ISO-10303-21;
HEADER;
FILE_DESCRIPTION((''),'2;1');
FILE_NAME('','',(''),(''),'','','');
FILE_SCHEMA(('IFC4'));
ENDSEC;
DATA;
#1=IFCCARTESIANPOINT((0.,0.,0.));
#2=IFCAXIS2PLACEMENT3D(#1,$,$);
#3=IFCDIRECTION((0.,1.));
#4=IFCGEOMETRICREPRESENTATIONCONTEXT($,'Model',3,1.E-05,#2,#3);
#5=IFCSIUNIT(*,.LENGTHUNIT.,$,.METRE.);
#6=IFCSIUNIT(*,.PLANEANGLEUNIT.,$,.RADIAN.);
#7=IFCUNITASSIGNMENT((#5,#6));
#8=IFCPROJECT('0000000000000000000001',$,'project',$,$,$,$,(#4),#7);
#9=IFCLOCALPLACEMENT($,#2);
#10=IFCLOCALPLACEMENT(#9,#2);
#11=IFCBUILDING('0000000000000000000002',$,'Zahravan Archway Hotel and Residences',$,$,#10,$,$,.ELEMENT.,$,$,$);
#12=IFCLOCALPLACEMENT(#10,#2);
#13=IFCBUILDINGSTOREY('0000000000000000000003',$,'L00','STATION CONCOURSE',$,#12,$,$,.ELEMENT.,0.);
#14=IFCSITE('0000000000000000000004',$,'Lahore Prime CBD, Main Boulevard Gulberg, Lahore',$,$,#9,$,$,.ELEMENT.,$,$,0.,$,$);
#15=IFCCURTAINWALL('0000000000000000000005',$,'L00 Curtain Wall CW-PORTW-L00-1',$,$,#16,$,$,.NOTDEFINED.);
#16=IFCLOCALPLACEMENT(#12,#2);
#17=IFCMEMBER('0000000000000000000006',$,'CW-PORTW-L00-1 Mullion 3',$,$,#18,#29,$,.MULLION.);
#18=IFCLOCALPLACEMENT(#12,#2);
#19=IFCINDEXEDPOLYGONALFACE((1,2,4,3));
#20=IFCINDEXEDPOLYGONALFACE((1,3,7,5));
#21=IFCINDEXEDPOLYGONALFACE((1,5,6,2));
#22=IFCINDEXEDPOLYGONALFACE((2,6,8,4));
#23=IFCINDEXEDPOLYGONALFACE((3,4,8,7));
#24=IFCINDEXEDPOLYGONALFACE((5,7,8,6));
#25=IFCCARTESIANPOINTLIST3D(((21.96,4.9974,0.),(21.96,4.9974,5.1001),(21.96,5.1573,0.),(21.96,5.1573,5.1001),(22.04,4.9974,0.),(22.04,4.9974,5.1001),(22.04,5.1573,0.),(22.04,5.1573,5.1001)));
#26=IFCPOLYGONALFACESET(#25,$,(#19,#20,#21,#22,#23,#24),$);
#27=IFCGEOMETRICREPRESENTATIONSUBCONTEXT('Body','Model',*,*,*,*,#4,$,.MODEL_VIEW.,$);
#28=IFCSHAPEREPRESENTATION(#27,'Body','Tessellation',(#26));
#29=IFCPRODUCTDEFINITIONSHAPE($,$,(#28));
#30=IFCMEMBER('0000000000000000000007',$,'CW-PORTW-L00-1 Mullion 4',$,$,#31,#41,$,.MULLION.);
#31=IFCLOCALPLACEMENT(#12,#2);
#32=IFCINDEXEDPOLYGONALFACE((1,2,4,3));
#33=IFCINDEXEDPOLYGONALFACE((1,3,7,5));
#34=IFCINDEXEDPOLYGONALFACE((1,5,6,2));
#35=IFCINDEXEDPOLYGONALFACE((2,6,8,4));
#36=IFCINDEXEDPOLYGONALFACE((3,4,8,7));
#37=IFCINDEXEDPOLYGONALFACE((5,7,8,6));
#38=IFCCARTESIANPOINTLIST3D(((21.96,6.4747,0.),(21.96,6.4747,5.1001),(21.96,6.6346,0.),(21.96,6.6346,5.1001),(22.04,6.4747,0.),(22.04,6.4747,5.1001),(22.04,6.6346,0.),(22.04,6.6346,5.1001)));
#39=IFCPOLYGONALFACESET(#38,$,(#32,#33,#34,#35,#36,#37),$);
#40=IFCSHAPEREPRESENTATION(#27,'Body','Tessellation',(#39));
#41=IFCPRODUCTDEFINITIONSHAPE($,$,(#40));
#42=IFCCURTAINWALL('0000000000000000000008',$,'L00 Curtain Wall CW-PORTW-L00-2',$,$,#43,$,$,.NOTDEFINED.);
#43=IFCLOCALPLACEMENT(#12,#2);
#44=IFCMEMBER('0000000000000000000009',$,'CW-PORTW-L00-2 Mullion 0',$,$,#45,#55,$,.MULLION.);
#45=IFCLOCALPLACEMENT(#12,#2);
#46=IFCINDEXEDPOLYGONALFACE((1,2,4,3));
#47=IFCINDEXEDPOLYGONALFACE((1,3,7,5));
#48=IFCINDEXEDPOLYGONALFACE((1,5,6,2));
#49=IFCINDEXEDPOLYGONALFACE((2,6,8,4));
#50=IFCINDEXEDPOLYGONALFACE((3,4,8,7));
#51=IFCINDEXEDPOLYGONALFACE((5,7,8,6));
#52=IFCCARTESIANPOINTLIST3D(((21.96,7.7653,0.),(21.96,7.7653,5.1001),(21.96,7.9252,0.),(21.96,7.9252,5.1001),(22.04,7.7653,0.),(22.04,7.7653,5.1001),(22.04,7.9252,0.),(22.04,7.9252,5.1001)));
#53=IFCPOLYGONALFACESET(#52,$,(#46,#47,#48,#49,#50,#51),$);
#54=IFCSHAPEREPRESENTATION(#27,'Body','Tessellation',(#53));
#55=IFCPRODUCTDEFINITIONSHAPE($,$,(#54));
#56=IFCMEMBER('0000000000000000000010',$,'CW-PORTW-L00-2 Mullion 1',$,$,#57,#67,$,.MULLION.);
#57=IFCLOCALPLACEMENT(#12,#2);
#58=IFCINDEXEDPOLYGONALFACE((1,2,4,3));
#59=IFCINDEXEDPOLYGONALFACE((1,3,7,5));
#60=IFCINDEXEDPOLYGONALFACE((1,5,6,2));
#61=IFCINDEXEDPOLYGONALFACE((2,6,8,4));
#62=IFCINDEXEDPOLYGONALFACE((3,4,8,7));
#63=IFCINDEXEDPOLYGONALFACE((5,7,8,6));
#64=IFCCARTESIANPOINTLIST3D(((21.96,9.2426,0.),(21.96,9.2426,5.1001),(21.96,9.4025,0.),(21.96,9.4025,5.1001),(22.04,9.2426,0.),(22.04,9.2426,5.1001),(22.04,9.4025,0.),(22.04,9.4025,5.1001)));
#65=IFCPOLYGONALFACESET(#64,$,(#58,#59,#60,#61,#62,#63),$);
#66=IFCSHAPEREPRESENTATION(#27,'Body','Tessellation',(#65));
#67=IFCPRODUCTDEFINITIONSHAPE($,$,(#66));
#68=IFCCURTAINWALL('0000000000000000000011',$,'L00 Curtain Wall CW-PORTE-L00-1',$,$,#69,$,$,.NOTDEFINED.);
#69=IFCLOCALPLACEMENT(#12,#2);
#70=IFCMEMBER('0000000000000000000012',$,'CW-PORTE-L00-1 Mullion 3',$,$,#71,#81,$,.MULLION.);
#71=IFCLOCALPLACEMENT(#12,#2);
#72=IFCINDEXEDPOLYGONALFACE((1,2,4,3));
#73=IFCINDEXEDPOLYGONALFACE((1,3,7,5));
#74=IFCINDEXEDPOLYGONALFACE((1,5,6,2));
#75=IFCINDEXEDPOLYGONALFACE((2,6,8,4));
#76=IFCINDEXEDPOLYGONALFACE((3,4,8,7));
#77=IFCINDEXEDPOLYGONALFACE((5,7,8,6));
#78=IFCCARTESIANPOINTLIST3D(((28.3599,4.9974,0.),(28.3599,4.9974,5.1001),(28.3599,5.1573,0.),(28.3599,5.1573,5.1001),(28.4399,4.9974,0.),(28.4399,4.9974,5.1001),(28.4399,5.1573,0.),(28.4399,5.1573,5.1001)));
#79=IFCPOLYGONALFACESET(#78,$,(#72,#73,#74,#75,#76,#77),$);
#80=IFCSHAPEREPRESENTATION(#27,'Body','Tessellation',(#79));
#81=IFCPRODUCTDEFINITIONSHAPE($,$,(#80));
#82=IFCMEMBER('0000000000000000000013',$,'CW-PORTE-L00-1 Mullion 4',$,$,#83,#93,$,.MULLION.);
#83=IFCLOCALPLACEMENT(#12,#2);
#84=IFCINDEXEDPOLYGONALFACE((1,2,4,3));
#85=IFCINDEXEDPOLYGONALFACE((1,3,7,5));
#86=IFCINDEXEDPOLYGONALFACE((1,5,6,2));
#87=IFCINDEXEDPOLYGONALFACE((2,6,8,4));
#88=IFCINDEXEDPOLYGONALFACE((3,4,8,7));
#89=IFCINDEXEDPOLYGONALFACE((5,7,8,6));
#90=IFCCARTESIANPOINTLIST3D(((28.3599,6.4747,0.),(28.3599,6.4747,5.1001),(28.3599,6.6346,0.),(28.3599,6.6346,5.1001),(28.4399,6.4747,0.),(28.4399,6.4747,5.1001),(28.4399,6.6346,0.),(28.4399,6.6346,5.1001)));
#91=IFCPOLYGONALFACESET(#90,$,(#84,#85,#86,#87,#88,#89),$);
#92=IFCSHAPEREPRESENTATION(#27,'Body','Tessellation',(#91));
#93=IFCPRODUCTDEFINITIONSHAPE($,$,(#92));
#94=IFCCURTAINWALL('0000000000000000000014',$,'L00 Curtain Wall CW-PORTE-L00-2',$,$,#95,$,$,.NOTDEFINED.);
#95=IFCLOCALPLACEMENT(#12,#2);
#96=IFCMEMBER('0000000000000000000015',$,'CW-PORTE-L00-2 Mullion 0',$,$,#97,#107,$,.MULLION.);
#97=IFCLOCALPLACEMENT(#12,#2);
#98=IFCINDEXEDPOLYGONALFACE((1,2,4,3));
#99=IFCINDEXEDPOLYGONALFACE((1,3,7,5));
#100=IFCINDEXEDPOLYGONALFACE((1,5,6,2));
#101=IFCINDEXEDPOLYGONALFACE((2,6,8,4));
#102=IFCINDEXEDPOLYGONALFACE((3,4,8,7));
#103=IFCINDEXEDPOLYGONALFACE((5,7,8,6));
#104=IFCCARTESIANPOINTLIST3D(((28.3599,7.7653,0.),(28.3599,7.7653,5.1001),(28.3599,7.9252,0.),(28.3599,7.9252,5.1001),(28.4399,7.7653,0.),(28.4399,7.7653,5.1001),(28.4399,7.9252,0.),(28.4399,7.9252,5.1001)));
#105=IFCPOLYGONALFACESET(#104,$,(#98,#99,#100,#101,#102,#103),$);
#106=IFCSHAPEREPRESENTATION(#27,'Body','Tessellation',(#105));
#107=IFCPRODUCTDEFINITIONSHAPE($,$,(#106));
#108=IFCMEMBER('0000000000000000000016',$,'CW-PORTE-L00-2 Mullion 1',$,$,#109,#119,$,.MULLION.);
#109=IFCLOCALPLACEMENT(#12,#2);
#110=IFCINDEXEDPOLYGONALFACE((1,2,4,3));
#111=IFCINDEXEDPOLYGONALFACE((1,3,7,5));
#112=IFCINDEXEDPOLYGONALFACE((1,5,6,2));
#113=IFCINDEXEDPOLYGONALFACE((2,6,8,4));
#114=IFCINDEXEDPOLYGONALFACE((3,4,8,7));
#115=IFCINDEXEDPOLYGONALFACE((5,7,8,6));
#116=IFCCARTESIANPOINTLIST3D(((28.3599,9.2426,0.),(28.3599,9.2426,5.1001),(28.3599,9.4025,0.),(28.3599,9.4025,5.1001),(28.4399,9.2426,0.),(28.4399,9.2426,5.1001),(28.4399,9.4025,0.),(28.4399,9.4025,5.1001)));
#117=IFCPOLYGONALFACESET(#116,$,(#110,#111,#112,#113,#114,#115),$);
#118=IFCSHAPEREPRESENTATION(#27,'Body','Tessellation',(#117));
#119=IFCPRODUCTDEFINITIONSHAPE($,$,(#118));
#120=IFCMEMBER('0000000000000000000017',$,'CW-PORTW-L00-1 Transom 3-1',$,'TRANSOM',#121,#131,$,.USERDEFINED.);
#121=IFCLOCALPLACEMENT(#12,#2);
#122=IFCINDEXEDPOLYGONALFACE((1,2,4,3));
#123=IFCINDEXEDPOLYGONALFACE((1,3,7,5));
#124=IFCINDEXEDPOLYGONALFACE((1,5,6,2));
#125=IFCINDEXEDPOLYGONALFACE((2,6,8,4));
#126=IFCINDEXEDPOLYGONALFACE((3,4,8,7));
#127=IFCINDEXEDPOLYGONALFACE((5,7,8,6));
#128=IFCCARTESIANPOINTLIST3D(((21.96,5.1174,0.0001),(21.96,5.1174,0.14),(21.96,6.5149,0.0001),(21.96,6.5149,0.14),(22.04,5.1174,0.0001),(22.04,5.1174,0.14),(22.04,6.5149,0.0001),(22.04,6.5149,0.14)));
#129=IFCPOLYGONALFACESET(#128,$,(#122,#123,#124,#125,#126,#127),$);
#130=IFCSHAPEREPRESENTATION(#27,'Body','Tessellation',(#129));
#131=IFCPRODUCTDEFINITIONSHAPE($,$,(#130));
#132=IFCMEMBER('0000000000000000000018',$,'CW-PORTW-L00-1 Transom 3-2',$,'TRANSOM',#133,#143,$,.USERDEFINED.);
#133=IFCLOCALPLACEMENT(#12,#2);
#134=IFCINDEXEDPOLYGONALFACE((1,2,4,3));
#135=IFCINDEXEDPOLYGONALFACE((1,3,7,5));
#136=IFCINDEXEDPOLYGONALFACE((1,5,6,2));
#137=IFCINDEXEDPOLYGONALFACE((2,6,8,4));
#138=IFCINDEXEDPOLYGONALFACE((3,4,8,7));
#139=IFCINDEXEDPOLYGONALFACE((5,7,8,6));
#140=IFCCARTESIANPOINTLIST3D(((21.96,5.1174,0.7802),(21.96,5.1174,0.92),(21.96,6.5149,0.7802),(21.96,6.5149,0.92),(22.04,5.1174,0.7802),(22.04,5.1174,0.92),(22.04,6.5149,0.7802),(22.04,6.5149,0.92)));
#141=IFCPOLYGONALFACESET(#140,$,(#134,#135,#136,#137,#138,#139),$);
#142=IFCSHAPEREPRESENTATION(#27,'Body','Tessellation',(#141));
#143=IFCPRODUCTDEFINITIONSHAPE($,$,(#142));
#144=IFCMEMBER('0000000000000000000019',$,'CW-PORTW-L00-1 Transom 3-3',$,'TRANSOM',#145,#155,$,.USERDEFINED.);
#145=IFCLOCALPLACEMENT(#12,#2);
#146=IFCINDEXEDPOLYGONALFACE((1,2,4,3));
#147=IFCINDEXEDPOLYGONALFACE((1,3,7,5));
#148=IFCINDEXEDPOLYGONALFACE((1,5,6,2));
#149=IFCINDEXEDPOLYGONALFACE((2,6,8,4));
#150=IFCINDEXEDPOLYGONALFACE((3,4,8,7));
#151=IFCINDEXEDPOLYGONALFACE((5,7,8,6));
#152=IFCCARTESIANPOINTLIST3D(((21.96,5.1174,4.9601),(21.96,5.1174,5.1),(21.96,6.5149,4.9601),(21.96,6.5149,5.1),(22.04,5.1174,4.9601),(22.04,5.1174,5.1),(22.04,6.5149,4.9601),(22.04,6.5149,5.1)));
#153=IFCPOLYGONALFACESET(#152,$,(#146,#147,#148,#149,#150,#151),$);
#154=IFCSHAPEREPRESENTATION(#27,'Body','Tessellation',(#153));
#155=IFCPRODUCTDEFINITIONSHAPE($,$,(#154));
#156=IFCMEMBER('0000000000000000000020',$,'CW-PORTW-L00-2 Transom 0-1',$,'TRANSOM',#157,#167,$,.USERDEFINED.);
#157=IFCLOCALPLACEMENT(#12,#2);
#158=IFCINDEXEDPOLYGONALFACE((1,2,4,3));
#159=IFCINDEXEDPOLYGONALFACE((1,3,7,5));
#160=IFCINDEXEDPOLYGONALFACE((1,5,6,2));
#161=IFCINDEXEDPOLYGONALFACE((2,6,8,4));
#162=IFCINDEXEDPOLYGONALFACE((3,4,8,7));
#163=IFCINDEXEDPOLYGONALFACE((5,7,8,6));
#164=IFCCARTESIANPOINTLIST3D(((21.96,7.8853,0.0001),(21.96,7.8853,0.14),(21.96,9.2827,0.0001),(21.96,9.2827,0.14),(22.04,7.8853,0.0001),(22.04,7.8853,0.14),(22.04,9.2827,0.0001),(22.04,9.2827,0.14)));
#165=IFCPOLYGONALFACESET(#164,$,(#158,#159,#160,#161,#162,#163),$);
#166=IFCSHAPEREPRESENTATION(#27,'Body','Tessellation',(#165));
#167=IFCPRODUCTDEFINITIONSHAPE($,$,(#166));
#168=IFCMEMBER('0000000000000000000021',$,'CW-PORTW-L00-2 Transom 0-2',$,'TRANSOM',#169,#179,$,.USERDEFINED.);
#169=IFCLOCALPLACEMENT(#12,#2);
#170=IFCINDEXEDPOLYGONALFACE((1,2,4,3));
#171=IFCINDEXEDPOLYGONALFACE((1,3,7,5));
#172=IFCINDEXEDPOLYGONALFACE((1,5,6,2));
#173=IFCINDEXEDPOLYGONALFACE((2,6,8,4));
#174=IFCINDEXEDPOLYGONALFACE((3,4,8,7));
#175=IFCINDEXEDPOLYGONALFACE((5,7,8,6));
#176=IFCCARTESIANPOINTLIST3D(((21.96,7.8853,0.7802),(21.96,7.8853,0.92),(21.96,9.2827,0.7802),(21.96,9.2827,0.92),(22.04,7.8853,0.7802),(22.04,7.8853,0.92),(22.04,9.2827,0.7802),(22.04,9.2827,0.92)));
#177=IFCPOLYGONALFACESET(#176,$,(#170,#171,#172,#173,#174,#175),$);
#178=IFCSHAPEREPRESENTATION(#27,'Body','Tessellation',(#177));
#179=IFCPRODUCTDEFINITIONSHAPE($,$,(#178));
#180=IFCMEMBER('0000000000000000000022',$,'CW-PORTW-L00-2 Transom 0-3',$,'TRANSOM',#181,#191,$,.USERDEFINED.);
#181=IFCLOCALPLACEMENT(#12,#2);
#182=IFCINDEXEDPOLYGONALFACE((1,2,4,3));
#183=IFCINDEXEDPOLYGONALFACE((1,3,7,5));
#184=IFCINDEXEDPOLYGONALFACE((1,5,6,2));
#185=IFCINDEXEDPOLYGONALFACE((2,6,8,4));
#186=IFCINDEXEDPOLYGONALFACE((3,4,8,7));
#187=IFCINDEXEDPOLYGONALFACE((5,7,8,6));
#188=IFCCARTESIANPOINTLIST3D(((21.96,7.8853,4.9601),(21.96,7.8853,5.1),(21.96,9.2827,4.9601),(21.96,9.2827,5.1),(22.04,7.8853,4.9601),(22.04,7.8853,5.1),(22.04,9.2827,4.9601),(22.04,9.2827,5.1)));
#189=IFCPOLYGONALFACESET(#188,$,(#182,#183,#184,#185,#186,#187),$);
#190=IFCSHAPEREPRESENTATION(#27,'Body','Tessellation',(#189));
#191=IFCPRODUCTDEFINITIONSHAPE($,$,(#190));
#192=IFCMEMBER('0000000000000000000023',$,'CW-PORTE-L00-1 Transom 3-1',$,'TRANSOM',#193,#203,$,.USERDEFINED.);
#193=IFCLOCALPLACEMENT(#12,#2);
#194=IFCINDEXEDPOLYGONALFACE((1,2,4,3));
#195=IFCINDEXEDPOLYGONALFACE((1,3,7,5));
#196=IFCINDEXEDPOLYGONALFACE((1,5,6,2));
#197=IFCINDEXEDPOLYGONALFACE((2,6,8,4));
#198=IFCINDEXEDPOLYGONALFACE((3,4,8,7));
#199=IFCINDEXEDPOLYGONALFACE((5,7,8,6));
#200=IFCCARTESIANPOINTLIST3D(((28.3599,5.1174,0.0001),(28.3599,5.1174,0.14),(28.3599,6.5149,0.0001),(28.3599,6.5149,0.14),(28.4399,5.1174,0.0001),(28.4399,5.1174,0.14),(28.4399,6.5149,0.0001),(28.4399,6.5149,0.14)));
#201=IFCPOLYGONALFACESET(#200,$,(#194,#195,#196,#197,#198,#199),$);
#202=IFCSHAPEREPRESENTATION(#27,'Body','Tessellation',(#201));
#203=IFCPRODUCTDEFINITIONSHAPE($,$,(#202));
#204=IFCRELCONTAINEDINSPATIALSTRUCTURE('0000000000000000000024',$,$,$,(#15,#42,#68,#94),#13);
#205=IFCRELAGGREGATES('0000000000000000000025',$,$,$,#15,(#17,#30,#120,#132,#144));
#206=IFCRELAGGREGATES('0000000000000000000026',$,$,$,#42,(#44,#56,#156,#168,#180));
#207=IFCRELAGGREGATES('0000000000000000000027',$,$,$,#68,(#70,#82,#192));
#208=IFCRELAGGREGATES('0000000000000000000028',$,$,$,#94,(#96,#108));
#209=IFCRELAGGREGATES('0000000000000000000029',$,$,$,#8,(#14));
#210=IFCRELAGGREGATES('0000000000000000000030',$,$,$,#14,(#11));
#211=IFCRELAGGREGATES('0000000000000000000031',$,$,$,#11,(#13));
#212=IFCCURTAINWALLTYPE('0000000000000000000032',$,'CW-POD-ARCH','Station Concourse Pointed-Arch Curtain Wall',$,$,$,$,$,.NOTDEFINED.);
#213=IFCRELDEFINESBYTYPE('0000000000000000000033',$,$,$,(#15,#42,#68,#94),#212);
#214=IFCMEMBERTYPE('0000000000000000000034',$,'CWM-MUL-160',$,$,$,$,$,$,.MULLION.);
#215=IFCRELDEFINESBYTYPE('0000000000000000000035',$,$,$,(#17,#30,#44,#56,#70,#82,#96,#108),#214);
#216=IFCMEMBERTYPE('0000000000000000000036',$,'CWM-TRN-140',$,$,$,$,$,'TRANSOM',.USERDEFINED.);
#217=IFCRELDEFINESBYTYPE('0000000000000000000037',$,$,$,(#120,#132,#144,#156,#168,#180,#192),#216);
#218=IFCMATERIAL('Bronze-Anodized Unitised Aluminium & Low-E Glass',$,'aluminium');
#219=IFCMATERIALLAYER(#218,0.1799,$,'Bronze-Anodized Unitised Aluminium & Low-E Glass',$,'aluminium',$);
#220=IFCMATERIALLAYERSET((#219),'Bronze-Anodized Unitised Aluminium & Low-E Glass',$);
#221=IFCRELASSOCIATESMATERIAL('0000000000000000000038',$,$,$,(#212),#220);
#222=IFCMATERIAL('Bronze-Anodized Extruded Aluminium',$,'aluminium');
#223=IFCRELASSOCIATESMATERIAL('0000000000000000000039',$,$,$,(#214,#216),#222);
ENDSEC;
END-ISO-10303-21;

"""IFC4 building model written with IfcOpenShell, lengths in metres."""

from ifc_helpers import new_model, si_unit, direction, frame, origin, origin_2d, place, context, subcontext, project, spatial, rectangle, extrude, source, transform, mapped, material, layer, layer_set, material_profile, profile_set, type_object, element, aggregate, save


model = new_model("IFC4")

# Units and contexts
model_context = context("Model", 3, precision=1e-05, world=origin(), true_north=direction((0.0, 1.0)))
body_context = subcontext(model_context, "Body", "Model", "MODEL_VIEW")
ifc_project = project(units=[si_unit("LENGTHUNIT", "METRE"), si_unit("PLANEANGLEUNIT", "RADIAN")], contexts=[model_context])

# Site, building, storey
site_placement = place(None, origin())
site = spatial("IfcSite", under=ifc_project, at=site_placement, Name="Lahore Prime CBD, Main Boulevard Gulberg, Lahore", CompositionType="ELEMENT", RefElevation=0.0)
building_placement = place(site_placement, origin())
building = spatial("IfcBuilding", under=site, at=building_placement, Name="Zahravan Archway Hotel and Residences", CompositionType="ELEMENT")
storey_placement = place(building_placement, origin())
storey = spatial("IfcBuildingStorey", under=building, at=storey_placement, Name="L00", Description="STATION CONCOURSE", CompositionType="ELEMENT", Elevation=0.0)

# Curtain walls, members
ifc_material_1 = material(Name="Bronze-Anodized Unitised Aluminium & Low-E Glass", Category="aluminium")
ifc_layer_1 = layer(ifc_material_1, 0.1799, Name="Bronze-Anodized Unitised Aluminium & Low-E Glass", Category="aluminium")
ifc_layer_set_1 = layer_set([ifc_layer_1], Name="Bronze-Anodized Unitised Aluminium & Low-E Glass")
curtain_wall_type = type_object("IfcCurtainWallType", Name="CW-POD-ARCH", Description="Station Concourse Pointed-Arch Curtain Wall", PredefinedType="NOTDEFINED", material=ifc_layer_set_1)
curtain_wall_1_placement = place(storey_placement, origin())
curtain_wall_1 = element("IfcCurtainWall", 1, at=curtain_wall_1_placement, inside=storey, type_object=curtain_wall_type, Name="L00 Curtain Wall CW-PORTW-L00-1", PredefinedType="NOTDEFINED")
ifc_material_2 = material(Name="Bronze-Anodized Extruded Aluminium", Category="aluminium")
ifc_material_profile_1 = material_profile(ifc_material_2, rectangle(XDim=0.0801, YDim=0.1599, at=origin_2d()), Name="MUL 80x160", Category="aluminium")
ifc_profile_set_1 = profile_set([ifc_material_profile_1], Name="Bronze-Anodized Extruded Aluminium")
member_type_1 = type_object("IfcMemberType", Name="CWM-MUL-160", PredefinedType="MULLION", material=ifc_profile_set_1)
shared_shape_1 = source(origin(), body_context, "Body", "SweptSolid", [
    extrude(rectangle(XDim=0.0801, YDim=0.1599, at=origin_2d()), origin(), (0.0, 0.0, 1.0), 5.1001),
])
member_1_placement = place(storey_placement, frame((22.0, 5.0774, 0.0), z_axis=(0.0, 0.0, 1.0), x_axis=(1.0, 0.0, 0.0)))
member_1 = element("IfcMember", 2, at=member_1_placement, type_object=member_type_1, Name="CW-PORTW-L00-1 Mullion 3", PredefinedType="MULLION", context=body_context, shape_type="MappedRepresentation", body=[
    mapped(shared_shape_1, transform((0.0, 0.0, 0.0), scale=1.0)),
])
member_2_placement = place(storey_placement, frame((22.0, 6.5547, 0.0), z_axis=(0.0, 0.0, 1.0), x_axis=(1.0, 0.0, 0.0)))
member_2 = element("IfcMember", 3, at=member_2_placement, type_object=member_type_1, Name="CW-PORTW-L00-1 Mullion 4", PredefinedType="MULLION", context=body_context, shape_type="MappedRepresentation", body=[
    mapped(shared_shape_1, transform((0.0, 0.0, 0.0), scale=1.0)),
])
curtain_wall_2_placement = place(storey_placement, origin())
curtain_wall_2 = element("IfcCurtainWall", 4, at=curtain_wall_2_placement, inside=storey, type_object=curtain_wall_type, Name="L00 Curtain Wall CW-PORTW-L00-2", PredefinedType="NOTDEFINED")
member_3_placement = place(storey_placement, frame((22.0, 7.8452, 0.0), z_axis=(0.0, 0.0, 1.0), x_axis=(1.0, 0.0, 0.0)))
member_3 = element("IfcMember", 5, at=member_3_placement, type_object=member_type_1, Name="CW-PORTW-L00-2 Mullion 0", PredefinedType="MULLION", context=body_context, shape_type="MappedRepresentation", body=[
    mapped(shared_shape_1, transform((0.0, 0.0, 0.0), scale=1.0)),
])
member_4_placement = place(storey_placement, frame((22.0, 9.3225, 0.0), z_axis=(0.0, 0.0, 1.0), x_axis=(1.0, 0.0, 0.0)))
member_4 = element("IfcMember", 6, at=member_4_placement, type_object=member_type_1, Name="CW-PORTW-L00-2 Mullion 1", PredefinedType="MULLION", context=body_context, shape_type="MappedRepresentation", body=[
    mapped(shared_shape_1, transform((0.0, 0.0, 0.0), scale=1.0)),
])
curtain_wall_3_placement = place(storey_placement, origin())
curtain_wall_3 = element("IfcCurtainWall", 7, at=curtain_wall_3_placement, inside=storey, type_object=curtain_wall_type, Name="L00 Curtain Wall CW-PORTE-L00-1", PredefinedType="NOTDEFINED")
member_5_placement = place(storey_placement, frame((28.3999, 5.0774, 0.0), z_axis=(0.0, 0.0, 1.0), x_axis=(1.0, 0.0, 0.0)))
member_5 = element("IfcMember", 8, at=member_5_placement, type_object=member_type_1, Name="CW-PORTE-L00-1 Mullion 3", PredefinedType="MULLION", context=body_context, shape_type="MappedRepresentation", body=[
    mapped(shared_shape_1, transform((0.0, 0.0, 0.0), scale=1.0)),
])
member_6_placement = place(storey_placement, frame((28.3999, 6.5547, 0.0), z_axis=(0.0, 0.0, 1.0), x_axis=(1.0, 0.0, 0.0)))
member_6 = element("IfcMember", 9, at=member_6_placement, type_object=member_type_1, Name="CW-PORTE-L00-1 Mullion 4", PredefinedType="MULLION", context=body_context, shape_type="MappedRepresentation", body=[
    mapped(shared_shape_1, transform((0.0, 0.0, 0.0), scale=1.0)),
])
curtain_wall_4_placement = place(storey_placement, origin())
curtain_wall_4 = element("IfcCurtainWall", 10, at=curtain_wall_4_placement, inside=storey, type_object=curtain_wall_type, Name="L00 Curtain Wall CW-PORTE-L00-2", PredefinedType="NOTDEFINED")
member_7_placement = place(storey_placement, frame((28.3999, 7.8452, 0.0), z_axis=(0.0, 0.0, 1.0), x_axis=(1.0, 0.0, 0.0)))
member_7 = element("IfcMember", 11, at=member_7_placement, type_object=member_type_1, Name="CW-PORTE-L00-2 Mullion 0", PredefinedType="MULLION", context=body_context, shape_type="MappedRepresentation", body=[
    mapped(shared_shape_1, transform((0.0, 0.0, 0.0), scale=1.0)),
])
member_8_placement = place(storey_placement, frame((28.3999, 9.3225, 0.0), z_axis=(0.0, 0.0, 1.0), x_axis=(1.0, 0.0, 0.0)))
member_8 = element("IfcMember", 12, at=member_8_placement, type_object=member_type_1, Name="CW-PORTE-L00-2 Mullion 1", PredefinedType="MULLION", context=body_context, shape_type="MappedRepresentation", body=[
    mapped(shared_shape_1, transform((0.0, 0.0, 0.0), scale=1.0)),
])

# Members
ifc_material_profile_2 = material_profile(ifc_material_2, rectangle(XDim=0.0801, YDim=0.1399, at=origin_2d()), Name="TRN 80x140", Category="aluminium")
ifc_profile_set_2 = profile_set([ifc_material_profile_2], Name="Bronze-Anodized Extruded Aluminium")
member_type_2 = type_object("IfcMemberType", Name="CWM-TRN-140", ElementType="TRANSOM", PredefinedType="USERDEFINED", material=ifc_profile_set_2)
shared_shape_2 = source(origin(), body_context, "Body", "SweptSolid", [
    extrude(rectangle(XDim=0.0801, YDim=0.1399, at=origin_2d()), origin(), (0.0, 0.0, 1.0), 1.3975),
])
member_9_placement = place(storey_placement, frame((22.0, 5.1174, 0.0701), z_axis=(0.0, 1.0, 0.0), x_axis=(-1.0, 0.0, 0.0)))
member_9 = element("IfcMember", 13, at=member_9_placement, type_object=member_type_2, Name="CW-PORTW-L00-1 Transom 3-1", ObjectType="TRANSOM", PredefinedType="USERDEFINED", context=body_context, shape_type="MappedRepresentation", body=[
    mapped(shared_shape_2, transform((0.0, 0.0, 0.0), scale=1.0)),
])
member_10_placement = place(storey_placement, frame((22.0, 5.1174, 0.8501), z_axis=(0.0, 1.0, 0.0), x_axis=(-1.0, 0.0, 0.0)))
member_10 = element("IfcMember", 14, at=member_10_placement, type_object=member_type_2, Name="CW-PORTW-L00-1 Transom 3-2", ObjectType="TRANSOM", PredefinedType="USERDEFINED", context=body_context, shape_type="MappedRepresentation", body=[
    mapped(shared_shape_2, transform((0.0, 0.0, 0.0), scale=1.0)),
])
member_11_placement = place(storey_placement, frame((22.0, 5.1174, 5.03), z_axis=(0.0, 1.0, 0.0), x_axis=(-1.0, 0.0, 0.0)))
member_11 = element("IfcMember", 15, at=member_11_placement, type_object=member_type_2, Name="CW-PORTW-L00-1 Transom 3-3", ObjectType="TRANSOM", PredefinedType="USERDEFINED", context=body_context, shape_type="MappedRepresentation", body=[
    mapped(shared_shape_2, transform((0.0, 0.0, 0.0), scale=1.0)),
])
member_12_placement = place(storey_placement, frame((22.0, 7.8853, 0.0701), z_axis=(0.0, 1.0, 0.0), x_axis=(-1.0, 0.0, 0.0)))
member_12 = element("IfcMember", 16, at=member_12_placement, type_object=member_type_2, Name="CW-PORTW-L00-2 Transom 0-1", ObjectType="TRANSOM", PredefinedType="USERDEFINED", context=body_context, shape_type="MappedRepresentation", body=[
    mapped(shared_shape_2, transform((0.0, 0.0, 0.0), scale=1.0)),
])
member_13_placement = place(storey_placement, frame((22.0, 7.8853, 0.8501), z_axis=(0.0, 1.0, 0.0), x_axis=(-1.0, 0.0, 0.0)))
member_13 = element("IfcMember", 17, at=member_13_placement, type_object=member_type_2, Name="CW-PORTW-L00-2 Transom 0-2", ObjectType="TRANSOM", PredefinedType="USERDEFINED", context=body_context, shape_type="MappedRepresentation", body=[
    mapped(shared_shape_2, transform((0.0, 0.0, 0.0), scale=1.0)),
])
member_14_placement = place(storey_placement, frame((22.0, 7.8853, 5.03), z_axis=(0.0, 1.0, 0.0), x_axis=(-1.0, 0.0, 0.0)))
member_14 = element("IfcMember", 18, at=member_14_placement, type_object=member_type_2, Name="CW-PORTW-L00-2 Transom 0-3", ObjectType="TRANSOM", PredefinedType="USERDEFINED", context=body_context, shape_type="MappedRepresentation", body=[
    mapped(shared_shape_2, transform((0.0, 0.0, 0.0), scale=1.0)),
])
member_15_placement = place(storey_placement, frame((28.3999, 5.1174, 0.0701), z_axis=(0.0, 1.0, 0.0), x_axis=(-1.0, 0.0, 0.0)))
member_15 = element("IfcMember", 19, at=member_15_placement, type_object=member_type_2, Name="CW-PORTE-L00-1 Transom 3-1", ObjectType="TRANSOM", PredefinedType="USERDEFINED", context=body_context, shape_type="MappedRepresentation", body=[
    mapped(shared_shape_2, transform((0.0, 0.0, 0.0), scale=1.0)),
])

aggregate(curtain_wall_1, [member_1, member_2, member_9, member_10, member_11])
aggregate(curtain_wall_2, [member_3, member_4, member_12, member_13, member_14])
aggregate(curtain_wall_3, [member_5, member_6, member_15])
aggregate(curtain_wall_4, [member_7, member_8])

save(model, "model.ifc")
